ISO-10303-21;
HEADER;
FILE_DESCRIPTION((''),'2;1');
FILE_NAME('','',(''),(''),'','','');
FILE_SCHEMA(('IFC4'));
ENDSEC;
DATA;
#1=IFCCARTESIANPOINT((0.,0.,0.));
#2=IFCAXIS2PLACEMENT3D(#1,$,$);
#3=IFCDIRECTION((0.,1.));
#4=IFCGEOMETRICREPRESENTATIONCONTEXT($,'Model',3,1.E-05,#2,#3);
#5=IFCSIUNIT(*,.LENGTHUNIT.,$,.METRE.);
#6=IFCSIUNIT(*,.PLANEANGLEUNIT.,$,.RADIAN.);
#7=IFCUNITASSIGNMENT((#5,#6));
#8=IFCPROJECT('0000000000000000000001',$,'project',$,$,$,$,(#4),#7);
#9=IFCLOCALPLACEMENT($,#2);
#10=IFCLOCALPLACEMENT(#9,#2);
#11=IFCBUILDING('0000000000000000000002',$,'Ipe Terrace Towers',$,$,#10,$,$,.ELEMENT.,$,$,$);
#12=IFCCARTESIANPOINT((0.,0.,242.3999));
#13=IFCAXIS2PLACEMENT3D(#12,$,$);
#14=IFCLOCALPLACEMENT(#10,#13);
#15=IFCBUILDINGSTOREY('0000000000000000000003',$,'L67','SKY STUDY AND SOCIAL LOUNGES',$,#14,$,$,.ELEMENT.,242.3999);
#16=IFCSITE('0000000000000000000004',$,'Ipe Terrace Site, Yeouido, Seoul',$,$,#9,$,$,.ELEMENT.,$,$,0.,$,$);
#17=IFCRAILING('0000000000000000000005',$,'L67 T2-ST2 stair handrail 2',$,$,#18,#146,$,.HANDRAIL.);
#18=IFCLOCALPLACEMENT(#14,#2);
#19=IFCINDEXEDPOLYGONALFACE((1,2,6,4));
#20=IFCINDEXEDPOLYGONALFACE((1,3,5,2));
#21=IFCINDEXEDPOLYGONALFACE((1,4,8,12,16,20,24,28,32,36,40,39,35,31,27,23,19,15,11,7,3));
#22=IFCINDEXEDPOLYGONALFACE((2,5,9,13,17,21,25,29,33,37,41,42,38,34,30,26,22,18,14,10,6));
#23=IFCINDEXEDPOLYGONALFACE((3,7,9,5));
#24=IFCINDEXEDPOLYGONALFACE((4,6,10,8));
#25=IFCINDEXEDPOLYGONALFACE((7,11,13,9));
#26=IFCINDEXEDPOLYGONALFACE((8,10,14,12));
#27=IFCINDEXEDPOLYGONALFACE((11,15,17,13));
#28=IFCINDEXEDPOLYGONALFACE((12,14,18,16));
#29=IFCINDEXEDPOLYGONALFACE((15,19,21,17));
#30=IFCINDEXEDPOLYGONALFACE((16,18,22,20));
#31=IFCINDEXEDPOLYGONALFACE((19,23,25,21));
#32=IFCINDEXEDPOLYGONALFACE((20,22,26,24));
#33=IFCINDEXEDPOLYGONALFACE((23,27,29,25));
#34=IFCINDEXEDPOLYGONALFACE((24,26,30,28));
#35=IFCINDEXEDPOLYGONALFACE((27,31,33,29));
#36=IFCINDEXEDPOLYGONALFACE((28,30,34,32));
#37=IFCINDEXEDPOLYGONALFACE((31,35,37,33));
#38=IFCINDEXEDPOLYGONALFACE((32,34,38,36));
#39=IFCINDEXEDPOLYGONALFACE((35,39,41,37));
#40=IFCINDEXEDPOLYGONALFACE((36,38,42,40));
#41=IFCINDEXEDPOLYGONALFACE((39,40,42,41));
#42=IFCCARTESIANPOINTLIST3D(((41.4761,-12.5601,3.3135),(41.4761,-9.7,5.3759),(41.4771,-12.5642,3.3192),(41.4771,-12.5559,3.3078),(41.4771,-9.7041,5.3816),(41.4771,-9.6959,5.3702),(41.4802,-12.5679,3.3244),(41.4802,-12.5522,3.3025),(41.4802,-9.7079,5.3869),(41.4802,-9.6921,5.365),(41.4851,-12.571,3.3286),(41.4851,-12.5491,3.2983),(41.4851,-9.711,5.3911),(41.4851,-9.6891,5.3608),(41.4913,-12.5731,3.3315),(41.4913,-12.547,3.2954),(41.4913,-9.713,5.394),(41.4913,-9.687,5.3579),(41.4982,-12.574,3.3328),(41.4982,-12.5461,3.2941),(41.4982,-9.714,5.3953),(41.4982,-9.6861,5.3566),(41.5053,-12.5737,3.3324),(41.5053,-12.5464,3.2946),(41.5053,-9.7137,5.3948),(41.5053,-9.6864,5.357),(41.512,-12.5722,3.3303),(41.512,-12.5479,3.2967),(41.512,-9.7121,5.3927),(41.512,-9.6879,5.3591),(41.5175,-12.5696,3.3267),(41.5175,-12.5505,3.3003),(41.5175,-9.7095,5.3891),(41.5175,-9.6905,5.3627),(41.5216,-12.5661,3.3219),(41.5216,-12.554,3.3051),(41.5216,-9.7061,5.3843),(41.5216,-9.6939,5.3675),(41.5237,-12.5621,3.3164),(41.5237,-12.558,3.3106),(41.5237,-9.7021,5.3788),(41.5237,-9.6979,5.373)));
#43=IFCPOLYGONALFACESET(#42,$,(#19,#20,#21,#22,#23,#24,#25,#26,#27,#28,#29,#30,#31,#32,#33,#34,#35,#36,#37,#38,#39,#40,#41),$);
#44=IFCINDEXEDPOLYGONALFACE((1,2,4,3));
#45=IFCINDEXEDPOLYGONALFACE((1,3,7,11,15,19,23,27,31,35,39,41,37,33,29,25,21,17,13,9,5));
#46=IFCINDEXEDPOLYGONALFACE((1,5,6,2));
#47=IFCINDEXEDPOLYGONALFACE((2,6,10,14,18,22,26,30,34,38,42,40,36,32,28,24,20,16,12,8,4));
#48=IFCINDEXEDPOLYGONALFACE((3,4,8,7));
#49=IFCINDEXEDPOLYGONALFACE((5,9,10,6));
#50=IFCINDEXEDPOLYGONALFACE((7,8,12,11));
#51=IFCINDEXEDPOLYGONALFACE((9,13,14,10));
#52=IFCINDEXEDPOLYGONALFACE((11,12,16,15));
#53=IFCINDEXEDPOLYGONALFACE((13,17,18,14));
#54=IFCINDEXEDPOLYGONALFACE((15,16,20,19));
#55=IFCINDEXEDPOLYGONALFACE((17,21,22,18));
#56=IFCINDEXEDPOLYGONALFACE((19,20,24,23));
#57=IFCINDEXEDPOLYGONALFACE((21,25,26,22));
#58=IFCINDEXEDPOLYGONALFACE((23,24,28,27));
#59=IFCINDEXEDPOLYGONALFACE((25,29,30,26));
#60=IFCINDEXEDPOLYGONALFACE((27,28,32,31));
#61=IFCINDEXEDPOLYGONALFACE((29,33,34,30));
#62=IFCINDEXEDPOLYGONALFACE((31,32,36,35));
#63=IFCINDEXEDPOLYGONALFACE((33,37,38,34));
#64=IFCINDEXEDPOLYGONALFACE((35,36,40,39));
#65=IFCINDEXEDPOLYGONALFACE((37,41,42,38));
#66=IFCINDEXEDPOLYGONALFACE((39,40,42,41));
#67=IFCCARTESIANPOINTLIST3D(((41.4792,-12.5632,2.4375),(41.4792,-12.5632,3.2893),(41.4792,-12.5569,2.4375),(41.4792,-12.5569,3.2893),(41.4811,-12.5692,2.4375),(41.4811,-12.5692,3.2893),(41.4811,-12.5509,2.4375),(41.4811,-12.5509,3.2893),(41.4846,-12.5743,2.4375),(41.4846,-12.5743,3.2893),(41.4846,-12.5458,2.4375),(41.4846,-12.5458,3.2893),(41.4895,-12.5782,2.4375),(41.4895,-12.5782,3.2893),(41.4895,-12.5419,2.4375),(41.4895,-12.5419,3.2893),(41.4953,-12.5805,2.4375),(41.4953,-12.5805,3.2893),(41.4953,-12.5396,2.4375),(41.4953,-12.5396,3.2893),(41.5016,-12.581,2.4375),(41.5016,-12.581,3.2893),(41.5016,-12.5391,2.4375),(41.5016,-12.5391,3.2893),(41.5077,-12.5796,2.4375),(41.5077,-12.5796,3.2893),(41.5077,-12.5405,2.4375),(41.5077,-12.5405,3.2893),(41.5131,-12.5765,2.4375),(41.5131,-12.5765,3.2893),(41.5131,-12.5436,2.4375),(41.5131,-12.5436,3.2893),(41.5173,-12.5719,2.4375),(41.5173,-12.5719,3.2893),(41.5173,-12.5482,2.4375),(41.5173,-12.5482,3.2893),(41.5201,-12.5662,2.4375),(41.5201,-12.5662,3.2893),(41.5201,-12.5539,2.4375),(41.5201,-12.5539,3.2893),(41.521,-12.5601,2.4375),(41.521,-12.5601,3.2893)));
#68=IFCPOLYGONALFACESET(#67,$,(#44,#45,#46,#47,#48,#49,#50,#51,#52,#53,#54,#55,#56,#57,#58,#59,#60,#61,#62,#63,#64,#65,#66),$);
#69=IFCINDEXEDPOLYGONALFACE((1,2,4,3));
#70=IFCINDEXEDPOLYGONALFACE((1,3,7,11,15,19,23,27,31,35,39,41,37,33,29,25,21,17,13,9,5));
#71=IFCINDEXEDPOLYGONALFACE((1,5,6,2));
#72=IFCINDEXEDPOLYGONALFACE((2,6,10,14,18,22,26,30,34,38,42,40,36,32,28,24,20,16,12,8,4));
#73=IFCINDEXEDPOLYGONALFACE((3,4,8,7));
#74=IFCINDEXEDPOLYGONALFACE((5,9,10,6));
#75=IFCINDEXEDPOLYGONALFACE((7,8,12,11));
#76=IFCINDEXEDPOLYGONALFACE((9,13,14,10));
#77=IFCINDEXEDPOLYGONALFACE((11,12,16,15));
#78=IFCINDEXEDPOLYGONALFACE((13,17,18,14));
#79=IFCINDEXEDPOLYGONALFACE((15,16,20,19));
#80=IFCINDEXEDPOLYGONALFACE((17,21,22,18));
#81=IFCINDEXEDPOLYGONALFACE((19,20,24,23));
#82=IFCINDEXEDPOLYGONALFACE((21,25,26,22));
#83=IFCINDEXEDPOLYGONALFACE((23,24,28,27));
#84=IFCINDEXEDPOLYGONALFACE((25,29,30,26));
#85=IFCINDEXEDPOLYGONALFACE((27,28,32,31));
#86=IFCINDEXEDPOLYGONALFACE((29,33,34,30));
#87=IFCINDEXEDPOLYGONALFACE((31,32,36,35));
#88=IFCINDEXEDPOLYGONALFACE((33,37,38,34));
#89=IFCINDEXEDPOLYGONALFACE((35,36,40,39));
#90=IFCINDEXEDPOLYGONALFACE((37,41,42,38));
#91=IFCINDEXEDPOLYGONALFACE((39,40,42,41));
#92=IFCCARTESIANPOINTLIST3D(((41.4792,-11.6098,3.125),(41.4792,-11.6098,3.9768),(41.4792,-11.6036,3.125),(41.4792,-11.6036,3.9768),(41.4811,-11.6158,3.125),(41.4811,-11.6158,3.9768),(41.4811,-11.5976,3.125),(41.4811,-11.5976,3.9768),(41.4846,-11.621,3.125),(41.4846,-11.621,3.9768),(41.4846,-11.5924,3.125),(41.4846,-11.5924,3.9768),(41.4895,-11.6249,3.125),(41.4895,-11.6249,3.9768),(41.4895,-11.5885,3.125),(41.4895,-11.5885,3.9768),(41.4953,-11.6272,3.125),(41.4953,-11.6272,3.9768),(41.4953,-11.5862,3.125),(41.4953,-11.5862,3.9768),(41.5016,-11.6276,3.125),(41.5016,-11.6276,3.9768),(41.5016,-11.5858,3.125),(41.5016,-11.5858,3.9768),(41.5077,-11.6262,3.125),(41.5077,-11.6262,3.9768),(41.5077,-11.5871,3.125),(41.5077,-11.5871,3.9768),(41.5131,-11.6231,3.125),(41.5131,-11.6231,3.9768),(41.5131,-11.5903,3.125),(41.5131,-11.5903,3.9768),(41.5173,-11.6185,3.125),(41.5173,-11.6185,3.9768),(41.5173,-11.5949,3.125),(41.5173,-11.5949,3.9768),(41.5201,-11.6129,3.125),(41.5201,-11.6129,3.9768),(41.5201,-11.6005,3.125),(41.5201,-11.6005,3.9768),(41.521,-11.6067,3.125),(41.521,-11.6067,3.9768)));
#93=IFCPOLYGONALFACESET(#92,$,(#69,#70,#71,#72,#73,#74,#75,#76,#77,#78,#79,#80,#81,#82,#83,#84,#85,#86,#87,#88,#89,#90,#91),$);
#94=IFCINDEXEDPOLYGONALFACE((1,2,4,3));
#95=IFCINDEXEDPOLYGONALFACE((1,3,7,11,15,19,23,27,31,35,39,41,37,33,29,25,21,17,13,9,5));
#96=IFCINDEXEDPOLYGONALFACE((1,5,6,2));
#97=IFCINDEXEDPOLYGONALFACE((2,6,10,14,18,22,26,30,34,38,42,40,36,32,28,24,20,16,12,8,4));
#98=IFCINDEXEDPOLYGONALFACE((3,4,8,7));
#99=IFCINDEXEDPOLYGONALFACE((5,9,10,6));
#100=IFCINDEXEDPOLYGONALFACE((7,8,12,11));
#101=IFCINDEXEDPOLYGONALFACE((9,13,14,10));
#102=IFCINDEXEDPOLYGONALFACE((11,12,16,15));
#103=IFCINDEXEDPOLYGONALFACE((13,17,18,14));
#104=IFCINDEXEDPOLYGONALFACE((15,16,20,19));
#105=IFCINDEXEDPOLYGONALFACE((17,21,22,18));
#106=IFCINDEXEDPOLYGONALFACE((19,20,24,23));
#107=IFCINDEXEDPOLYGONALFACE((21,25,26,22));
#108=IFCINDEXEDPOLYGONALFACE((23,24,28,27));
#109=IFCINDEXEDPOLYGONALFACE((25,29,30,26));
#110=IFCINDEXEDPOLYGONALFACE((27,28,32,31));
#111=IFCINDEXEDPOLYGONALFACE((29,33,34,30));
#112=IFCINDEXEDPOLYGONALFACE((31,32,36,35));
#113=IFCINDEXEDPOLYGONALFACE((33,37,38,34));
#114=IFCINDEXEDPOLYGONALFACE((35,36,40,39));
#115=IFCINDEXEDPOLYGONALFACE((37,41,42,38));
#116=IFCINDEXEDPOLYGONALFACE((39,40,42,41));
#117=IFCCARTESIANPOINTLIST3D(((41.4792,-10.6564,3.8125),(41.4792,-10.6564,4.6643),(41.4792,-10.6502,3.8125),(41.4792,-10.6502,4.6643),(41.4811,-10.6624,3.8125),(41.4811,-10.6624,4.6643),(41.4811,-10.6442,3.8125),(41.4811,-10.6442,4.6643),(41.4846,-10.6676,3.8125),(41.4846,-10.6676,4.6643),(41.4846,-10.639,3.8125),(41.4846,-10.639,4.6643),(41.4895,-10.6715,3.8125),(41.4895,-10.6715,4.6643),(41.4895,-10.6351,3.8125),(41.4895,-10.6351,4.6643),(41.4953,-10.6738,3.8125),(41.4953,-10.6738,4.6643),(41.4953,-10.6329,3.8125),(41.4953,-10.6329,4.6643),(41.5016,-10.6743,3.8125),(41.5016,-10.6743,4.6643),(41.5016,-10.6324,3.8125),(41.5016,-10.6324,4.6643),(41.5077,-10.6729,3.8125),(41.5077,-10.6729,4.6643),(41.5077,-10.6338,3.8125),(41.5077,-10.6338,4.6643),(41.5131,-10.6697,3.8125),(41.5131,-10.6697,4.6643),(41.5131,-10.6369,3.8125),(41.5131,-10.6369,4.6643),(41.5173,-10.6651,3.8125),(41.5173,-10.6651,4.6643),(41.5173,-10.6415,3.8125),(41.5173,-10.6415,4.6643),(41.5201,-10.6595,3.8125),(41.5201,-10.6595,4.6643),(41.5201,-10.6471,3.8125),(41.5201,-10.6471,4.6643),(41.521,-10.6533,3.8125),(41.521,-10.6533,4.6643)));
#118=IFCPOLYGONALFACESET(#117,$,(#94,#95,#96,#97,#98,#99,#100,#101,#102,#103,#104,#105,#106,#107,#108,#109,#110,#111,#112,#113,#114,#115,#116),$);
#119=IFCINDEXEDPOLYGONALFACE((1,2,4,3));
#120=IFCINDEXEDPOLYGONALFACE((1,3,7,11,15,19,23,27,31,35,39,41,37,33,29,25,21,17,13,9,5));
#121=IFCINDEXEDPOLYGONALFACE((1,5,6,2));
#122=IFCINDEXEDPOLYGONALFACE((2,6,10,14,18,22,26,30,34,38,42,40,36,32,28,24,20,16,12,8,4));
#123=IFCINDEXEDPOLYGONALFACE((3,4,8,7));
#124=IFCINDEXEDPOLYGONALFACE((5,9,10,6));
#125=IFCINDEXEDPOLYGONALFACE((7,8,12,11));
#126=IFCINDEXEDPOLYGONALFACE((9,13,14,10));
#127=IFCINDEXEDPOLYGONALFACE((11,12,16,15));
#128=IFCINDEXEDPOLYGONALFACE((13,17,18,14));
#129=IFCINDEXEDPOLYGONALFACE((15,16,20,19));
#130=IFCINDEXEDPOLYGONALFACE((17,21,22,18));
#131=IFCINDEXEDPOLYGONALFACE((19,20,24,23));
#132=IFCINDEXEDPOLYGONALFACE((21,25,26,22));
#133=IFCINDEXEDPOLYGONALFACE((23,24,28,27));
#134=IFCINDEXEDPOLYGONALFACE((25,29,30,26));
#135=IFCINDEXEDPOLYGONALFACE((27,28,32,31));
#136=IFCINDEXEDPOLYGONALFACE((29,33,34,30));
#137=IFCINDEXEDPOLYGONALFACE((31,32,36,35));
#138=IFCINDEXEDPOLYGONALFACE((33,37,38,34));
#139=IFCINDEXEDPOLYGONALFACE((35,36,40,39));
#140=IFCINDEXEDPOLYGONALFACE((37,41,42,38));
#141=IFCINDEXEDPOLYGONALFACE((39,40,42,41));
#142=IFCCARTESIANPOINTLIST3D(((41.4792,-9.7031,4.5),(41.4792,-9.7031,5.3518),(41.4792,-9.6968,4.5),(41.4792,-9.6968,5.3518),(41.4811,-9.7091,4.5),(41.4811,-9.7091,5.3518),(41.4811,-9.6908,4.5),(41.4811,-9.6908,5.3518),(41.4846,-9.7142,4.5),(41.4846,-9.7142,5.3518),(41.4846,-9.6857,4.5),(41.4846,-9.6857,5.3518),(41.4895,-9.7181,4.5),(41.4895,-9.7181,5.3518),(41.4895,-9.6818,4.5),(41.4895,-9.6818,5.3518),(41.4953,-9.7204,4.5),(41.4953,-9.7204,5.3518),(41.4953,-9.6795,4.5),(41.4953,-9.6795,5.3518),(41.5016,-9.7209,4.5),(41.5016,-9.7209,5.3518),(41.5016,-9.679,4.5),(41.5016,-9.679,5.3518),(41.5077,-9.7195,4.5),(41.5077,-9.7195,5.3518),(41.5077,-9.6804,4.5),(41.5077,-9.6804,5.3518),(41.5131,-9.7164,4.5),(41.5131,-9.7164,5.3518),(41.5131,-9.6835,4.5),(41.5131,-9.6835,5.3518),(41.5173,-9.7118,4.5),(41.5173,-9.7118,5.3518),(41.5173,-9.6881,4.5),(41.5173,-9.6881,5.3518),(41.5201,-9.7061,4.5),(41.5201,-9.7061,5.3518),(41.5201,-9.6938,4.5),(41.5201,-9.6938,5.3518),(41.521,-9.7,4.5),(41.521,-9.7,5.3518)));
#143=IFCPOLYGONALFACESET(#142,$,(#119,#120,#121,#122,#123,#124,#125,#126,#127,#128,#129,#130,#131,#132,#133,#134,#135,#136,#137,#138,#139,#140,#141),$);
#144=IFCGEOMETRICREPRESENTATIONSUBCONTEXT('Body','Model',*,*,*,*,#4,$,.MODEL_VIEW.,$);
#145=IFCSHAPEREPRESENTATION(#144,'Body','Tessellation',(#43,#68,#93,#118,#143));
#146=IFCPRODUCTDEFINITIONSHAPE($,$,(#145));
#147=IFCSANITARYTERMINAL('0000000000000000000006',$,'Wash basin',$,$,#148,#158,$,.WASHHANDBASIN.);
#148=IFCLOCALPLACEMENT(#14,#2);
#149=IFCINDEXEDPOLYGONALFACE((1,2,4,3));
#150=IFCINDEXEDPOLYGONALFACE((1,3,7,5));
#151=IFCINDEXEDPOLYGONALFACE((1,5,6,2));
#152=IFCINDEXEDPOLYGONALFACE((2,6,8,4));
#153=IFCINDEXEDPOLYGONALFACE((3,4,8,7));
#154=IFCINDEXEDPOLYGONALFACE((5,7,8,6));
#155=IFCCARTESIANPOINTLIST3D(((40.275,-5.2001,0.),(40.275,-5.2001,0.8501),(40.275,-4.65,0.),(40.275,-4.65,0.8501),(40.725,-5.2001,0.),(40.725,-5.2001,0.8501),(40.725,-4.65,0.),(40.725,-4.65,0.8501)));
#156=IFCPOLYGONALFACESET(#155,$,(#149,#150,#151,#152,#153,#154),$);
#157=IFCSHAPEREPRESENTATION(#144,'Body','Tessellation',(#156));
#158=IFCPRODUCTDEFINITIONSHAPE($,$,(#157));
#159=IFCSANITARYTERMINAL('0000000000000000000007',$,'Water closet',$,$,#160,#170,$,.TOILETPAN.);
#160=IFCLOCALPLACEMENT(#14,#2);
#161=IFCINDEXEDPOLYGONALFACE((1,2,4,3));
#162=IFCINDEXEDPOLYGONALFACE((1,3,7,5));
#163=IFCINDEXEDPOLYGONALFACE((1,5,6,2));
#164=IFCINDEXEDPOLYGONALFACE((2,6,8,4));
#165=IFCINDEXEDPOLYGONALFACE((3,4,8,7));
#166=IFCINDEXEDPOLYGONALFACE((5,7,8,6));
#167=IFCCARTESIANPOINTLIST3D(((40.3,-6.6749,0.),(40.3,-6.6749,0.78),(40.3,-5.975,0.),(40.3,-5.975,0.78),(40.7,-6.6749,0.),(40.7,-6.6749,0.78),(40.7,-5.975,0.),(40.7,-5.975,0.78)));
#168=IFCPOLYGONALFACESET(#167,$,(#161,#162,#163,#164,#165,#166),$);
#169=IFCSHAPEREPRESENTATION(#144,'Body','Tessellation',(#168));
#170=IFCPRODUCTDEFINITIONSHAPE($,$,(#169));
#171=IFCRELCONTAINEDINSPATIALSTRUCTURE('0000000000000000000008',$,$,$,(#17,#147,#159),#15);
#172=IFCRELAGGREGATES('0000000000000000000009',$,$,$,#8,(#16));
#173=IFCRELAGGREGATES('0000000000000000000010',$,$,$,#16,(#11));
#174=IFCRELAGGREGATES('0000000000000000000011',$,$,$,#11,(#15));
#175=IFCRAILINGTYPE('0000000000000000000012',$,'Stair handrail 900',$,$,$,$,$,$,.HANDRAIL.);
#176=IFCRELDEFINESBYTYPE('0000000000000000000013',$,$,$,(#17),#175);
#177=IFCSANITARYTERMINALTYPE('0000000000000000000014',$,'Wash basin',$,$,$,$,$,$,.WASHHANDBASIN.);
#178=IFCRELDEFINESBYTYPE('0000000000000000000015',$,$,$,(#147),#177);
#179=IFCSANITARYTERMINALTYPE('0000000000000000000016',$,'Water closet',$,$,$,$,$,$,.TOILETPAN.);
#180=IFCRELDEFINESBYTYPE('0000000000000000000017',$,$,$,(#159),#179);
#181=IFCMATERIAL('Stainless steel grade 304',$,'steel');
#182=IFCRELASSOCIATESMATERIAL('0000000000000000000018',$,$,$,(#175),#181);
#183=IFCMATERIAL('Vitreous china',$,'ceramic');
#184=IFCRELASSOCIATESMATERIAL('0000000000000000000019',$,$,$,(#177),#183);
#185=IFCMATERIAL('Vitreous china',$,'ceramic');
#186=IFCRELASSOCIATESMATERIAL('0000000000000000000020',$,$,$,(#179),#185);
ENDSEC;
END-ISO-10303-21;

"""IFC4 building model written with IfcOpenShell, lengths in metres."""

from ifc_helpers import new_model, si_unit, direction, frame, origin, origin_2d, place, context, subcontext, project, spatial, rectangle, circle, extrude, material, type_object, element, save


model = new_model("IFC4")

# Units and contexts
model_context = context("Model", 3, precision=1e-05, world=origin(), true_north=direction((0.0, 1.0)))
body_context = subcontext(model_context, "Body", "Model", "MODEL_VIEW")
ifc_project = project(units=[si_unit("LENGTHUNIT", "METRE"), si_unit("PLANEANGLEUNIT", "RADIAN")], contexts=[model_context])

# Site, building, storey
site_placement = place(None, origin())
site = spatial("IfcSite", under=ifc_project, at=site_placement, Name="Ipe Terrace Site, Yeouido, Seoul", CompositionType="ELEMENT", RefElevation=0.0)
building_placement = place(site_placement, origin())
building = spatial("IfcBuilding", under=site, at=building_placement, Name="Ipe Terrace Towers", CompositionType="ELEMENT")
storey_placement = place(building_placement, frame((0.0, 0.0, 242.3999)))
storey = spatial("IfcBuildingStorey", under=building, at=storey_placement, Name="L67", Description="SKY STUDY AND SOCIAL LOUNGES", CompositionType="ELEMENT", Elevation=242.3999)

# Railing
ifc_material_1 = material(Name="Stainless steel grade 304", Category="steel")
railing_type_1 = type_object("IfcRailingType", Name="Stair handrail 900", PredefinedType="HANDRAIL", material=ifc_material_1)
railing_1_placement = place(storey_placement, frame((41.5, -12.5601, 2.4375)))
element("IfcRailing", 1, at=railing_1_placement, inside=storey, type_object=railing_type_1, Name="L67 T2-ST2 stair handrail 2", PredefinedType="HANDRAIL", context=body_context, shape_type="SweptSolid", body=[
    extrude(circle(Radius=0.0239, at=origin_2d()), frame((0.0, 0.0, 0.876), z_axis=(0.0, 0.811101, 0.584906), x_axis=(-1.0, 0.0, 0.0)), (0.0, 0.0, 1.0), 3.5261),
    extrude(circle(Radius=0.021, at=origin_2d()), origin(), (0.0, 0.0, 1.0), 0.8518),
    extrude(circle(Radius=0.021, at=origin_2d()), frame((0.0, 0.9534, 0.6875)), (0.0, 0.0, 1.0), 0.8518),
    extrude(circle(Radius=0.021, at=origin_2d()), frame((0.0, 1.9067, 1.375)), (0.0, 0.0, 1.0), 0.8518),
    extrude(circle(Radius=0.021, at=origin_2d()), frame((0.0, 2.8601, 2.0625)), (0.0, 0.0, 1.0), 0.8518),
])

# Sanitary terminals
ifc_material_2 = material(Name="Vitreous china", Category="ceramic")
sanitary_terminal_type_1 = type_object("IfcSanitaryTerminalType", Name="Wash basin", PredefinedType="WASHHANDBASIN", material=ifc_material_2)
sanitary_terminal_1_placement = place(storey_placement, frame((40.5, -4.925, 0.0), z_axis=(0.0, 0.0, 1.0), x_axis=(0.0, 1.0, 0.0)))
element("IfcSanitaryTerminal", 2, at=sanitary_terminal_1_placement, inside=storey, type_object=sanitary_terminal_type_1, Name="Wash basin", PredefinedType="WASHHANDBASIN", context=body_context, shape_type="SweptSolid", body=[
    extrude(rectangle(XDim=0.55, YDim=0.45, at=origin_2d()), origin(), (0.0, 0.0, 1.0), 0.8501),
])
ifc_material_3 = material(Name="Vitreous china", Category="ceramic")
sanitary_terminal_type_2 = type_object("IfcSanitaryTerminalType", Name="Water closet", PredefinedType="TOILETPAN", material=ifc_material_3)
sanitary_terminal_2_placement = place(storey_placement, frame((40.5, -6.325, 0.0), z_axis=(0.0, 0.0, 1.0), x_axis=(0.0, 1.0, 0.0)))
element("IfcSanitaryTerminal", 3, at=sanitary_terminal_2_placement, inside=storey, type_object=sanitary_terminal_type_2, Name="Water closet", PredefinedType="TOILETPAN", context=body_context, shape_type="SweptSolid", body=[
    extrude(rectangle(XDim=0.7, YDim=0.3999, at=origin_2d()), origin(), (0.0, 0.0, 1.0), 0.78),
])

save(model, "model.ifc")
